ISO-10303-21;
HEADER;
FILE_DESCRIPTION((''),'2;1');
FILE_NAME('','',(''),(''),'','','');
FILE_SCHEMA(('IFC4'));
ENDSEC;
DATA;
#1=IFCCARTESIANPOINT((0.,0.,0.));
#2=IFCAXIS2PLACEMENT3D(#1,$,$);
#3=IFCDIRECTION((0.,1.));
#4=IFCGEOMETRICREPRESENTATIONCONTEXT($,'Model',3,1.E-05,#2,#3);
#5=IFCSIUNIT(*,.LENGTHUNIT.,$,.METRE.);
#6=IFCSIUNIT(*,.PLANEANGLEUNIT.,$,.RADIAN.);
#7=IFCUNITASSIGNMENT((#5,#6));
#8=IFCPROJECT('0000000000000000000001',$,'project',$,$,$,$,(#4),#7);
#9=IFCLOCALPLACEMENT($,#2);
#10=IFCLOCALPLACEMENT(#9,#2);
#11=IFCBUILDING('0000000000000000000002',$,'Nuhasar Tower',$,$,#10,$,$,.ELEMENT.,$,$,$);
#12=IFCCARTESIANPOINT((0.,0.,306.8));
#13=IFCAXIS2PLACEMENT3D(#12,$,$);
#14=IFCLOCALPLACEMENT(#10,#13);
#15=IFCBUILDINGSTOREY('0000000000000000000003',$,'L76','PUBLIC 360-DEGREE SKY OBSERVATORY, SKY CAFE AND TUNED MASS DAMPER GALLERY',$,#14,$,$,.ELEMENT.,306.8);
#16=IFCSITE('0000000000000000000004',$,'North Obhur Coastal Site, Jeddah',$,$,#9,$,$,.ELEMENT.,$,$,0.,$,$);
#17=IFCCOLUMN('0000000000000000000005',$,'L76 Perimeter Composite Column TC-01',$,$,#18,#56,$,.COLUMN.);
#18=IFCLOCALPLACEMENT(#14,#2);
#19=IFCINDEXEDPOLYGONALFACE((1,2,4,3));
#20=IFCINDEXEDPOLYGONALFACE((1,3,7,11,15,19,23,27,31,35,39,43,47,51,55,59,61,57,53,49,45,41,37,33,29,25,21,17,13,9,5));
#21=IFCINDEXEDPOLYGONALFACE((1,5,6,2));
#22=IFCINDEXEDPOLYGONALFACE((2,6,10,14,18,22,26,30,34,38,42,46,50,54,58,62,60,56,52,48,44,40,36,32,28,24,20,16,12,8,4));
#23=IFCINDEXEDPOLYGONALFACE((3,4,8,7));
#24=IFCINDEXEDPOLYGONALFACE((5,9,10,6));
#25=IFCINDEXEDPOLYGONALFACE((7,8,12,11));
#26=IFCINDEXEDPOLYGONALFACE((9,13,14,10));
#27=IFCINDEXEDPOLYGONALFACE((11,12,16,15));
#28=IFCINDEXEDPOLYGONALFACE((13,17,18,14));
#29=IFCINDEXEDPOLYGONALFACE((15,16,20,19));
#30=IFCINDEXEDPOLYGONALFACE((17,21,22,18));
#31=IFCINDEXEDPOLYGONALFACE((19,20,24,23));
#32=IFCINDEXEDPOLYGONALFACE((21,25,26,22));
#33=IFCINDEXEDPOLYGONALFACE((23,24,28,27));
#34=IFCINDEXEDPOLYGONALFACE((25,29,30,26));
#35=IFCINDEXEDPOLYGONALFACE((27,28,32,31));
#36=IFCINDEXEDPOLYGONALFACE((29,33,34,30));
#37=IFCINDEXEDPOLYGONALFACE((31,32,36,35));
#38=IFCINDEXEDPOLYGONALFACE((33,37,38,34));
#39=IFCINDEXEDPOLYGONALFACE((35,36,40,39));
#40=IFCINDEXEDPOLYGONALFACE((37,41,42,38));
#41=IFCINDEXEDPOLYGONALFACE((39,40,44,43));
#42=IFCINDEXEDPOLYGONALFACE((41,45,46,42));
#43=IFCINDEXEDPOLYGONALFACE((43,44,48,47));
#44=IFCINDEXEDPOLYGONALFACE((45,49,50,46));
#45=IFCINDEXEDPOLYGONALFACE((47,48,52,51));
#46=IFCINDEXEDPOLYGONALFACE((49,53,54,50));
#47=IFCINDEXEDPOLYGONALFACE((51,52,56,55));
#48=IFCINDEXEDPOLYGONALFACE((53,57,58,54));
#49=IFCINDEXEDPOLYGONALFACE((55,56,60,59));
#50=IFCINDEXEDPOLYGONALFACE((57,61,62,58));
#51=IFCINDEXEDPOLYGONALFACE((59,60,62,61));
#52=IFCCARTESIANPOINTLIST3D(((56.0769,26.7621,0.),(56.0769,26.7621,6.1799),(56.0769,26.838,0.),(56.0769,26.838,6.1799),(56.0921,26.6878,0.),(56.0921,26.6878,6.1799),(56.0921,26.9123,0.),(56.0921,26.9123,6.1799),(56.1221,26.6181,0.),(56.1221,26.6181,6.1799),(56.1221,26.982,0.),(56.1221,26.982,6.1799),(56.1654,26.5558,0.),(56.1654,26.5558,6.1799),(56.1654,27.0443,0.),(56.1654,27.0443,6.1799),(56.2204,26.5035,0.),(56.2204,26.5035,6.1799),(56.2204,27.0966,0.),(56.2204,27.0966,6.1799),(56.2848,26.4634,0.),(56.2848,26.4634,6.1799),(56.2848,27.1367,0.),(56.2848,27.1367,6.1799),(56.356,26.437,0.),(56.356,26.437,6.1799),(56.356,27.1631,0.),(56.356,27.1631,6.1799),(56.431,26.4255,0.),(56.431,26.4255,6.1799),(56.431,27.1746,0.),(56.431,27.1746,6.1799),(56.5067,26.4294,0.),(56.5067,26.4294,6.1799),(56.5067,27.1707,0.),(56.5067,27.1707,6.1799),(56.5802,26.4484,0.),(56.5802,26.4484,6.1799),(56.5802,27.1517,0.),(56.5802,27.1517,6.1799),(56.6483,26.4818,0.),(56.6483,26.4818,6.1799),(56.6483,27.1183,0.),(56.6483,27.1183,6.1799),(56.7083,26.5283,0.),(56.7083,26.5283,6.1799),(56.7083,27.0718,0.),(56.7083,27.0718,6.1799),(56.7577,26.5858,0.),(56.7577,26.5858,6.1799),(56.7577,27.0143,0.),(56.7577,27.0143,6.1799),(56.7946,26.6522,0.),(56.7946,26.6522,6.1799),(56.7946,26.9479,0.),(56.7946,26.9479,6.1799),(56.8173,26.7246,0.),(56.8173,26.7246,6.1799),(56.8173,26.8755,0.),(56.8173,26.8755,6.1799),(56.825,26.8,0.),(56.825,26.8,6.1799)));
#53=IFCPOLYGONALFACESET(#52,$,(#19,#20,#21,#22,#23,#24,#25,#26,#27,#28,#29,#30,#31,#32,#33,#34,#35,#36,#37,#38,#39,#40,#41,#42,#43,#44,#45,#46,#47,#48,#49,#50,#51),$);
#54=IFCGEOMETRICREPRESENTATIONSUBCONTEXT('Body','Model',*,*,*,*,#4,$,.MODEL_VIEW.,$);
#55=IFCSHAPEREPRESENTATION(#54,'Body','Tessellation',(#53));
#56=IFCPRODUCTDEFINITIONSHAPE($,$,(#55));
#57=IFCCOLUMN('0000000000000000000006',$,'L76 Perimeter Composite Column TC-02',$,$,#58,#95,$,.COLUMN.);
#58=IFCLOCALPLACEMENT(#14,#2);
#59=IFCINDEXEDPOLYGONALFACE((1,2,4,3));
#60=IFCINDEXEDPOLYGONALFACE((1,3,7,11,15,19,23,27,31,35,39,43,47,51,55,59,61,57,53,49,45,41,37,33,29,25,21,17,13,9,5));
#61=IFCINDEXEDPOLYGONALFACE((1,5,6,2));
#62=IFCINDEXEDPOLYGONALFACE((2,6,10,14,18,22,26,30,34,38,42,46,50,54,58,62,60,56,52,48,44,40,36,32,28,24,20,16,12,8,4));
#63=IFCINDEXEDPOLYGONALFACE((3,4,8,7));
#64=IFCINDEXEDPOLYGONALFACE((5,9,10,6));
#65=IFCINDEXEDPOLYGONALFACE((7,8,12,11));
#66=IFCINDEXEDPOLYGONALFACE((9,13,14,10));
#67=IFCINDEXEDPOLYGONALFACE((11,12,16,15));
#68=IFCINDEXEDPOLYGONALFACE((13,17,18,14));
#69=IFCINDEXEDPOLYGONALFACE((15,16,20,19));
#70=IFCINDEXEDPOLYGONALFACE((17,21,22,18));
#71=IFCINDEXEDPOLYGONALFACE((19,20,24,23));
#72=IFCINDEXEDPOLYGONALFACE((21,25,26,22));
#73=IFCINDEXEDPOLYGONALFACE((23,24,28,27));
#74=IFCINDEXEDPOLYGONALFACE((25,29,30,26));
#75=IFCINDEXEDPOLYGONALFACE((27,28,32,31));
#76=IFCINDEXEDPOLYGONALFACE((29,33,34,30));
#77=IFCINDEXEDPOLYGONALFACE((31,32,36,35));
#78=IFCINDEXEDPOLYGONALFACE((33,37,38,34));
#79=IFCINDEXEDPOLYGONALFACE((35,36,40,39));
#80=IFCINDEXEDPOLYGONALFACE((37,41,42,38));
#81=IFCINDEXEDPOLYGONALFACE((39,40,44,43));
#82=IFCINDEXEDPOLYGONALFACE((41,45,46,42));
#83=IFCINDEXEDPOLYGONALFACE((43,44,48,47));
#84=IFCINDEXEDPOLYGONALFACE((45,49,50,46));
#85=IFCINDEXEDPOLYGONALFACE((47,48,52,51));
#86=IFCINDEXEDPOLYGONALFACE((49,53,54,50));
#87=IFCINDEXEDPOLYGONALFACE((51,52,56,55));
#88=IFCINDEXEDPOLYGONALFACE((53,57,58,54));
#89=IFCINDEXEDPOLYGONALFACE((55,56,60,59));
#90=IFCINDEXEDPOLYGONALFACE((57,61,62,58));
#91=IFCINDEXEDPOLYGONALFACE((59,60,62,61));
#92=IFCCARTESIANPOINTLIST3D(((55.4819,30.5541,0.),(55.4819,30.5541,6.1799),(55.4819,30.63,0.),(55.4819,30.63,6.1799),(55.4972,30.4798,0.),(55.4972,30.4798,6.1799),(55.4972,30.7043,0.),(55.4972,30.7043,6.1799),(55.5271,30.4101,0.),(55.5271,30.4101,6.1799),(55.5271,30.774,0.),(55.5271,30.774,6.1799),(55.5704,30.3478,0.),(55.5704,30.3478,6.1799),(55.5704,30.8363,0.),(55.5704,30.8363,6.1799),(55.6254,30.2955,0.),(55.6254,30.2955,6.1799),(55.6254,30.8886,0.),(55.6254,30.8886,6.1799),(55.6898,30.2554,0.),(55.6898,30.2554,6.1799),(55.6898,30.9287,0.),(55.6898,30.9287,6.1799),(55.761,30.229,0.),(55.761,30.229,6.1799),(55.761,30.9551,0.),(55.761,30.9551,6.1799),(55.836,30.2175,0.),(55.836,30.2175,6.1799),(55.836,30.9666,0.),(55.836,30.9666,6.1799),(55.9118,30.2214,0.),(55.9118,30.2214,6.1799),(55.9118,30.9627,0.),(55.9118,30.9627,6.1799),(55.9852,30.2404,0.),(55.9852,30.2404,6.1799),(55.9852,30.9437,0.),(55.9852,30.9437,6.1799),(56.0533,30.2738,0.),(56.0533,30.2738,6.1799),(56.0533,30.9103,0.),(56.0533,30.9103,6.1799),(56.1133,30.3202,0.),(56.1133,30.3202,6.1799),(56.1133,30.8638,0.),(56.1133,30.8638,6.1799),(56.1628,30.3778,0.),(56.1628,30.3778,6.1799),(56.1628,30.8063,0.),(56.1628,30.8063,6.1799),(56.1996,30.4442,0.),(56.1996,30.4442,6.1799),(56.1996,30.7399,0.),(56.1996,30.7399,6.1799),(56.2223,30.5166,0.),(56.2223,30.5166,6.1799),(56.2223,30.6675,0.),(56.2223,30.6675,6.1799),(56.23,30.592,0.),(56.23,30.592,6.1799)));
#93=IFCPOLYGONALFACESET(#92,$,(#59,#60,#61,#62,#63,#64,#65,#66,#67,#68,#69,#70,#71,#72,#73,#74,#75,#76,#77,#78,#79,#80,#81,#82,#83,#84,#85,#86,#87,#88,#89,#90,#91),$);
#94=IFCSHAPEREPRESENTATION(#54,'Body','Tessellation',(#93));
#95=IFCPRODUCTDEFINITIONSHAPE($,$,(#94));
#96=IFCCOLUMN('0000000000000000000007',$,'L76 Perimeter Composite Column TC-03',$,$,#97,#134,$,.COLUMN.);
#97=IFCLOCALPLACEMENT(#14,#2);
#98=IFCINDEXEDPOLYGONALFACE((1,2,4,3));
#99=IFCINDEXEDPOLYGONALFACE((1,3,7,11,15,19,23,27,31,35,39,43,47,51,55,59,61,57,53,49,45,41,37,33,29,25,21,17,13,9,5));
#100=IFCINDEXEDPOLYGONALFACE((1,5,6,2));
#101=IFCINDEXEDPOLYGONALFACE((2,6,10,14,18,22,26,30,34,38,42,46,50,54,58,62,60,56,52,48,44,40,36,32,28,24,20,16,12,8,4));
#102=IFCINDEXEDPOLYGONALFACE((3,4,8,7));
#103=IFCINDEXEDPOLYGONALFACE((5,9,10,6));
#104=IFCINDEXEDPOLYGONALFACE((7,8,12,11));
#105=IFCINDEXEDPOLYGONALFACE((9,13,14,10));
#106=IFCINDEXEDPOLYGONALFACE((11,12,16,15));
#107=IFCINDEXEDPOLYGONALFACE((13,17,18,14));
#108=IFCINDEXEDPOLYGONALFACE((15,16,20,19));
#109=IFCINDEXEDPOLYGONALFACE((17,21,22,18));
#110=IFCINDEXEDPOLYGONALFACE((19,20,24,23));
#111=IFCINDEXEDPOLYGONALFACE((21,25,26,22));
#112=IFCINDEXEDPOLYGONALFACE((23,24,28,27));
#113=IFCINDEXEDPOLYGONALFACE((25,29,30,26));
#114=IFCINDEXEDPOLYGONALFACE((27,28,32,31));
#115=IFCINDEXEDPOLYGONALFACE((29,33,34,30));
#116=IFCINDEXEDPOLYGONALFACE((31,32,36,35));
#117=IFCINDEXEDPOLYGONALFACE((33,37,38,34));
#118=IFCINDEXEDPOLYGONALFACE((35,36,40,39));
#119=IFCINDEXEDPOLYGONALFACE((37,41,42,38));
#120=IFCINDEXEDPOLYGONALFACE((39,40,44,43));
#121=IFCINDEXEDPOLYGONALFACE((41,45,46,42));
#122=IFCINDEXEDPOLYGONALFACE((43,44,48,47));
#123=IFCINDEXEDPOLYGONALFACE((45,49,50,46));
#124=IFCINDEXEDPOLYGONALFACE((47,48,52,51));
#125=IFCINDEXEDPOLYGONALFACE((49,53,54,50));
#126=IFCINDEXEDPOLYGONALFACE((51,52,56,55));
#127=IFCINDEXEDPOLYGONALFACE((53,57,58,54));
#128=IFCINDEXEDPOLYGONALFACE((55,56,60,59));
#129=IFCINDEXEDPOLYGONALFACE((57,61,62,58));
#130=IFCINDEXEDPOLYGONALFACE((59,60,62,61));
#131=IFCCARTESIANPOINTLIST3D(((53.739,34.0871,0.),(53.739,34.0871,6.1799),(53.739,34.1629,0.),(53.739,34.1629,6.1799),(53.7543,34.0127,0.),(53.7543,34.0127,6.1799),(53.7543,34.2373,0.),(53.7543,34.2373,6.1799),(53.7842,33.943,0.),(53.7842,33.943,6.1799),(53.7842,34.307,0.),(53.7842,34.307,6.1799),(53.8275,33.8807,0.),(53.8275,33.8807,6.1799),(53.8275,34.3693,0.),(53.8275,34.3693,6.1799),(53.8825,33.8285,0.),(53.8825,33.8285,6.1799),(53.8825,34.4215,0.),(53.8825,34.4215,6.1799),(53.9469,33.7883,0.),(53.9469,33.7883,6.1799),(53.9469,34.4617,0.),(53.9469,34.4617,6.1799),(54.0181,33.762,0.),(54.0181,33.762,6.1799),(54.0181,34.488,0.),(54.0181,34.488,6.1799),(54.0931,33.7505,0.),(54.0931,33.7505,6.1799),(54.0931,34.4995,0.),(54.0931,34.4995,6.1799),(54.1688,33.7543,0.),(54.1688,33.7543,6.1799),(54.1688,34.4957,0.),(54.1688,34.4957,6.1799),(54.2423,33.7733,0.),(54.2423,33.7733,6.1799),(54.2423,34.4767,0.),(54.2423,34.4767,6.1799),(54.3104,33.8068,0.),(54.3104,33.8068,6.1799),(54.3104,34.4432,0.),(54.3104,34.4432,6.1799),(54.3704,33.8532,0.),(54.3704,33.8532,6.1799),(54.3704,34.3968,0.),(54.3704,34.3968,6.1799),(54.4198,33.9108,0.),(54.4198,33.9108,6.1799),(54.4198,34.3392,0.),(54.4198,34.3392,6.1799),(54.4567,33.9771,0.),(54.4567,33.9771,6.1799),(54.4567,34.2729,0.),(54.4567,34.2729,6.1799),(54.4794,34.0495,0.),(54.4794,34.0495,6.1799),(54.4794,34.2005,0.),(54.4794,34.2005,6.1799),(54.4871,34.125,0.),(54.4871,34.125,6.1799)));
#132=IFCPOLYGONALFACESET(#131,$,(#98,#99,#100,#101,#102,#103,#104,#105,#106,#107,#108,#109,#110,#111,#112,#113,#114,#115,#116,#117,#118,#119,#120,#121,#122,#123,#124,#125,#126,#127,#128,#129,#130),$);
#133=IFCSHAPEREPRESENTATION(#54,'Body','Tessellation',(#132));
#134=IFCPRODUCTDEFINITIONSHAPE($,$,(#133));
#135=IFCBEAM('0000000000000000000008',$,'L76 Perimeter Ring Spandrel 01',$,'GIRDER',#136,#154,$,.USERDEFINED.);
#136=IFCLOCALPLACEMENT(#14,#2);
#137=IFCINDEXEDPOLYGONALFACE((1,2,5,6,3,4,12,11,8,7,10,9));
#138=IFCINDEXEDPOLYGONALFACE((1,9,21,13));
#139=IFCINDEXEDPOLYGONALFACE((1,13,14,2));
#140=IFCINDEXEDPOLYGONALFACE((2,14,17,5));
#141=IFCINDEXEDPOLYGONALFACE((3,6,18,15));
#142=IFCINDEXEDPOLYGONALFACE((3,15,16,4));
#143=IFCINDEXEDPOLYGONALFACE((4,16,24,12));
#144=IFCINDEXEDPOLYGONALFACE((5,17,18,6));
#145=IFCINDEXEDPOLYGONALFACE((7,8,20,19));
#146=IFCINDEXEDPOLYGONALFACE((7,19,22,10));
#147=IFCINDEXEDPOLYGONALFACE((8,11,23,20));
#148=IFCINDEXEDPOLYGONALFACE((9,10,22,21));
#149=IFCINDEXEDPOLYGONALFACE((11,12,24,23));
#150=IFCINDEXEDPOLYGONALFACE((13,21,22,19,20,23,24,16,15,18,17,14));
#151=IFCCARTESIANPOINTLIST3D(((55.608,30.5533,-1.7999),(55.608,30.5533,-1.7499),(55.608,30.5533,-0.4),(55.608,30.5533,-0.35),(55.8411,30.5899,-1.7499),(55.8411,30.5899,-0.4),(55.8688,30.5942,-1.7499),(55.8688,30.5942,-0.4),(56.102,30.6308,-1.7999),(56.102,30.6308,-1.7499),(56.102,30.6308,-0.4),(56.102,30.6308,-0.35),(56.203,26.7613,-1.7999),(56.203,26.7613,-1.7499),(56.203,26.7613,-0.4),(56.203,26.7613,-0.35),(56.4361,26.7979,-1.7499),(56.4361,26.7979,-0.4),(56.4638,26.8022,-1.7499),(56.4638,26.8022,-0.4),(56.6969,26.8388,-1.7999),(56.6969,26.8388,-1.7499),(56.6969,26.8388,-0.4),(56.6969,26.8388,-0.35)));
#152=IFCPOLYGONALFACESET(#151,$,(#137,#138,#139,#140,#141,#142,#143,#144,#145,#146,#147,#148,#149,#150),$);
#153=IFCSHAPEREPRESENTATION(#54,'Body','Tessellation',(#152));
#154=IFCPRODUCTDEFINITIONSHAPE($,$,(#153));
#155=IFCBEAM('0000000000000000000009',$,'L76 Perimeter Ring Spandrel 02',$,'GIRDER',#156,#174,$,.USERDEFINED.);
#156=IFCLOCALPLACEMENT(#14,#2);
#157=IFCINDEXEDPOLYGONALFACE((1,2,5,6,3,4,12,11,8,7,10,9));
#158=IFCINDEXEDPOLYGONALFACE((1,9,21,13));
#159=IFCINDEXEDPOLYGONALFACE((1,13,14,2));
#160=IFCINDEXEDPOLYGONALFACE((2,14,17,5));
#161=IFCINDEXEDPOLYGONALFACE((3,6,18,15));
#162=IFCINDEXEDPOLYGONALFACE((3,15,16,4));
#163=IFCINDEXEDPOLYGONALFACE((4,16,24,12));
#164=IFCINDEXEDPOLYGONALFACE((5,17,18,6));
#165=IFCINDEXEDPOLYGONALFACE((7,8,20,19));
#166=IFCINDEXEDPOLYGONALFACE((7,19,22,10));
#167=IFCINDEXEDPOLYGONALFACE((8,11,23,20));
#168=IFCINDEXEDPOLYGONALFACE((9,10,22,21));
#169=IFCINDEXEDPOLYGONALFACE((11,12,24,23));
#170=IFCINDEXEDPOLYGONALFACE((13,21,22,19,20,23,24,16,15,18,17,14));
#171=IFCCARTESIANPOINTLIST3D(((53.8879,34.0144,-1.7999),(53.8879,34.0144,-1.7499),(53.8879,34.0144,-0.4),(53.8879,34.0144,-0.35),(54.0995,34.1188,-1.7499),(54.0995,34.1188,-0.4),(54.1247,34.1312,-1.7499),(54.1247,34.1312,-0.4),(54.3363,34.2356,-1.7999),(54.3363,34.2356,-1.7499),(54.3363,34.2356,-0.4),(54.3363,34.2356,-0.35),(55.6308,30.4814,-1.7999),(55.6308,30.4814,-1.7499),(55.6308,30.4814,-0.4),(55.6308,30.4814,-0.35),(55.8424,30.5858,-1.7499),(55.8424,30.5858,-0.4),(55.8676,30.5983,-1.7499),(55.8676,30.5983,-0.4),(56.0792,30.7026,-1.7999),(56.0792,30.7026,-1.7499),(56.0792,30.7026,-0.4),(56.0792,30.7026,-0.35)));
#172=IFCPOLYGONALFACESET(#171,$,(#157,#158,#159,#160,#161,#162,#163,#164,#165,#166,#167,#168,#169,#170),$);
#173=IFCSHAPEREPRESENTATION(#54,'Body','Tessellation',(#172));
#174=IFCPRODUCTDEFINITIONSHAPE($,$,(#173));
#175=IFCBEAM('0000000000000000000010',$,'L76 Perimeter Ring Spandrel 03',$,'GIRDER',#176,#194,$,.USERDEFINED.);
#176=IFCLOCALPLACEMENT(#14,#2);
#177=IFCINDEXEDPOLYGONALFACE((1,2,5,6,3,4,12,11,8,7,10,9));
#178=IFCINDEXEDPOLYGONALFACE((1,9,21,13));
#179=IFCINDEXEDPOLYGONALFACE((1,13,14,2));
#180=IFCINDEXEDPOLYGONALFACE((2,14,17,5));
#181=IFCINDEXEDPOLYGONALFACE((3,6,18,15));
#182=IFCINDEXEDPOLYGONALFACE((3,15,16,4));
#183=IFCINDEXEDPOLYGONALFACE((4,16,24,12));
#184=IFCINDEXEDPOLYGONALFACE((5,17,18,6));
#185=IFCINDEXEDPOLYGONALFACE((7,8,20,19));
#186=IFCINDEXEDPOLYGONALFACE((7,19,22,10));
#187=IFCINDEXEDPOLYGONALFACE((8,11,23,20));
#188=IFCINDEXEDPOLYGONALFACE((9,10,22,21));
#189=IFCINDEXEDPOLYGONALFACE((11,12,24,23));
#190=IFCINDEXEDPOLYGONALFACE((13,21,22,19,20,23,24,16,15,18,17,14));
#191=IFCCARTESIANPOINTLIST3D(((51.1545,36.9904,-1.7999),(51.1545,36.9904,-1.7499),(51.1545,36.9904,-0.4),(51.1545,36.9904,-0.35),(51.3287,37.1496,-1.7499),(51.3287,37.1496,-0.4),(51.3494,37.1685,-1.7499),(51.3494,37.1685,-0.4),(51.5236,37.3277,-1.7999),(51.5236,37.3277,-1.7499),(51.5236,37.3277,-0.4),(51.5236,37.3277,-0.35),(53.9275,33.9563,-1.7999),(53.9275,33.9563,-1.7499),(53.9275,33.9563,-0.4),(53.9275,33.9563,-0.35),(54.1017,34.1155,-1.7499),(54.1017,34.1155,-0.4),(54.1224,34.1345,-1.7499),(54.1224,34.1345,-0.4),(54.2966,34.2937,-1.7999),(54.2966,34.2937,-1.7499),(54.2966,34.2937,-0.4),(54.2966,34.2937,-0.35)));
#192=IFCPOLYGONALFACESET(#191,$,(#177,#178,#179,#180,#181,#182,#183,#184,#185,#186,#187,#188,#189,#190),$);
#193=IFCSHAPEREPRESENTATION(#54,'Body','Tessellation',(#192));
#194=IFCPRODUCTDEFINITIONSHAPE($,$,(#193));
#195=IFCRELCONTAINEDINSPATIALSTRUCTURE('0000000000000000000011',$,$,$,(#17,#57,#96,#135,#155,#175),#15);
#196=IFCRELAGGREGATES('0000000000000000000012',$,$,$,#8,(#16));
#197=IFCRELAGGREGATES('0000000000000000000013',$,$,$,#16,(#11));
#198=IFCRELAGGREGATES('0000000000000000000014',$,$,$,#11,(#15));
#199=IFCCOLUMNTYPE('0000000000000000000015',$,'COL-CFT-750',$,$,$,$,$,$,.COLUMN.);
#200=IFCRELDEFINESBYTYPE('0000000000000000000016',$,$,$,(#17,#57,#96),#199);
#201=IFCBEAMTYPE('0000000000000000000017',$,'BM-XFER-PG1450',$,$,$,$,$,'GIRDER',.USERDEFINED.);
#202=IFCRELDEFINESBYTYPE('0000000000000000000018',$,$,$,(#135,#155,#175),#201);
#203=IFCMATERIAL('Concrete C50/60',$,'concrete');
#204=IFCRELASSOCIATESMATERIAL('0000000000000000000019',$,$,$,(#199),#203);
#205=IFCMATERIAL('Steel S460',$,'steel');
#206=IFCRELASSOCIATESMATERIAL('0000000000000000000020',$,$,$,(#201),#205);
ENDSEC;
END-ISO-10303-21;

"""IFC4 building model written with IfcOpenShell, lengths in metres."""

from ifc_helpers import new_model, si_unit, direction, frame, origin, origin_2d, place, context, subcontext, project, spatial, circle, i_section, extrude, material, material_profile, profile_set, type_object, element, save


model = new_model("IFC4")

# Units and contexts
model_context = context("Model", 3, precision=1e-05, world=origin(), true_north=direction((0.0, 1.0)))
body_context = subcontext(model_context, "Body", "Model", "MODEL_VIEW")
ifc_project = project(units=[si_unit("LENGTHUNIT", "METRE"), si_unit("PLANEANGLEUNIT", "RADIAN")], contexts=[model_context])

# Site, building, storey
site_placement = place(None, origin())
site = spatial("IfcSite", under=ifc_project, at=site_placement, Name="North Obhur Coastal Site, Jeddah", CompositionType="ELEMENT", RefElevation=0.0)
building_placement = place(site_placement, origin())
building = spatial("IfcBuilding", under=site, at=building_placement, Name="Nuhasar Tower", CompositionType="ELEMENT")
storey_placement = place(building_placement, frame((0.0, 0.0, 306.8)))
storey = spatial("IfcBuildingStorey", under=building, at=storey_placement, Name="L76", Description="PUBLIC 360-DEGREE SKY OBSERVATORY, SKY CAFE AND TUNED MASS DAMPER GALLERY", CompositionType="ELEMENT", Elevation=306.8)

# Columns
ifc_material_1 = material(Name="Concrete C50/60", Category="concrete")
ifc_material_profile_1 = material_profile(ifc_material_1, circle(Radius=0.375, at=origin_2d()), Name="CFT750")
ifc_profile_set_1 = profile_set([ifc_material_profile_1], Name="Concrete C50/60")
column_type = type_object("IfcColumnType", Name="COL-CFT-750", PredefinedType="COLUMN", material=ifc_profile_set_1)
for number, where, z_axis, x_axis, name in (
    (1, (56.45, 26.8, 0.0), (0.0, 0.0, 1.0), (1.0, 0.0, 0.0), "L76 Perimeter Composite Column TC-01"),
    (2, (55.855, 30.592, 0.0), (0.0, 0.0, 1.0), (1.0, 0.0, 0.0), "L76 Perimeter Composite Column TC-02"),
    (3, (54.1121, 34.125, 0.0), (0.0, 0.0, 1.0), (1.0, 0.0, 0.0), "L76 Perimeter Composite Column TC-03"),
):
    element("IfcColumn", number, at=place(storey_placement, frame(where, z_axis=z_axis, x_axis=x_axis)), inside=storey, type_object=column_type, Name=name, PredefinedType="COLUMN", context=body_context, shape_type="SweptSolid", body=[
        extrude(circle(Radius=0.375, at=origin_2d()), origin(), (0.0, 0.0, 1.0), 6.1799),
    ])

# Beams
ifc_material_2 = material(Name="Steel S460", Category="steel")
ifc_material_profile_2 = material_profile(ifc_material_2, i_section(OverallWidth=0.5, OverallDepth=1.45, WebThickness=0.0281, FlangeThickness=0.05, at=origin_2d()), Name="PG1450X500")
ifc_profile_set_2 = profile_set([ifc_material_profile_2], Name="Steel S460")
beam_type_1 = type_object("IfcBeamType", Name="BM-XFER-PG1450", ElementType="GIRDER", PredefinedType="USERDEFINED", material=ifc_profile_set_2)
beam_1_placement = place(storey_placement, frame((56.45, 26.8, -1.075), z_axis=(-0.155006, 0.987914, 0.0), x_axis=(-0.987914, -0.155006, 0.0)))
element("IfcBeam", 4, at=beam_1_placement, inside=storey, type_object=beam_type_1, Name="L76 Perimeter Ring Spandrel 01", ObjectType="GIRDER", PredefinedType="USERDEFINED", context=body_context, shape_type="SweptSolid", body=[
    extrude(i_section(OverallWidth=0.5, OverallDepth=1.45, WebThickness=0.0281, FlangeThickness=0.05, at=origin_2d()), origin(), (0.0, 0.0, 1.0), 3.8384),
])
beam_2_placement = place(storey_placement, frame((55.855, 30.592, -1.075), z_axis=(-0.442423, 0.896807, 0.0), x_axis=(-0.896807, -0.442423, 0.0)))
element("IfcBeam", 5, at=beam_2_placement, inside=storey, type_object=beam_type_1, Name="L76 Perimeter Ring Spandrel 02", ObjectType="GIRDER", PredefinedType="USERDEFINED", context=body_context, shape_type="SweptSolid", body=[
    extrude(i_section(OverallWidth=0.5, OverallDepth=1.45, WebThickness=0.0281, FlangeThickness=0.05, at=origin_2d()), origin(), (0.0, 0.0, 1.0), 3.9395),
])
beam_3_placement = place(storey_placement, frame((54.1121, 34.125, -1.075), z_axis=(-0.674645, 0.738142, 0.0), x_axis=(-0.738142, -0.674645, 0.0)))
element("IfcBeam", 6, at=beam_3_placement, inside=storey, type_object=beam_type_1, Name="L76 Perimeter Ring Spandrel 03", ObjectType="GIRDER", PredefinedType="USERDEFINED", context=body_context, shape_type="SweptSolid", body=[
    extrude(i_section(OverallWidth=0.5, OverallDepth=1.45, WebThickness=0.0281, FlangeThickness=0.05, at=origin_2d()), origin(), (0.0, 0.0, 1.0), 4.1104),
])

save(model, "model.ifc")
